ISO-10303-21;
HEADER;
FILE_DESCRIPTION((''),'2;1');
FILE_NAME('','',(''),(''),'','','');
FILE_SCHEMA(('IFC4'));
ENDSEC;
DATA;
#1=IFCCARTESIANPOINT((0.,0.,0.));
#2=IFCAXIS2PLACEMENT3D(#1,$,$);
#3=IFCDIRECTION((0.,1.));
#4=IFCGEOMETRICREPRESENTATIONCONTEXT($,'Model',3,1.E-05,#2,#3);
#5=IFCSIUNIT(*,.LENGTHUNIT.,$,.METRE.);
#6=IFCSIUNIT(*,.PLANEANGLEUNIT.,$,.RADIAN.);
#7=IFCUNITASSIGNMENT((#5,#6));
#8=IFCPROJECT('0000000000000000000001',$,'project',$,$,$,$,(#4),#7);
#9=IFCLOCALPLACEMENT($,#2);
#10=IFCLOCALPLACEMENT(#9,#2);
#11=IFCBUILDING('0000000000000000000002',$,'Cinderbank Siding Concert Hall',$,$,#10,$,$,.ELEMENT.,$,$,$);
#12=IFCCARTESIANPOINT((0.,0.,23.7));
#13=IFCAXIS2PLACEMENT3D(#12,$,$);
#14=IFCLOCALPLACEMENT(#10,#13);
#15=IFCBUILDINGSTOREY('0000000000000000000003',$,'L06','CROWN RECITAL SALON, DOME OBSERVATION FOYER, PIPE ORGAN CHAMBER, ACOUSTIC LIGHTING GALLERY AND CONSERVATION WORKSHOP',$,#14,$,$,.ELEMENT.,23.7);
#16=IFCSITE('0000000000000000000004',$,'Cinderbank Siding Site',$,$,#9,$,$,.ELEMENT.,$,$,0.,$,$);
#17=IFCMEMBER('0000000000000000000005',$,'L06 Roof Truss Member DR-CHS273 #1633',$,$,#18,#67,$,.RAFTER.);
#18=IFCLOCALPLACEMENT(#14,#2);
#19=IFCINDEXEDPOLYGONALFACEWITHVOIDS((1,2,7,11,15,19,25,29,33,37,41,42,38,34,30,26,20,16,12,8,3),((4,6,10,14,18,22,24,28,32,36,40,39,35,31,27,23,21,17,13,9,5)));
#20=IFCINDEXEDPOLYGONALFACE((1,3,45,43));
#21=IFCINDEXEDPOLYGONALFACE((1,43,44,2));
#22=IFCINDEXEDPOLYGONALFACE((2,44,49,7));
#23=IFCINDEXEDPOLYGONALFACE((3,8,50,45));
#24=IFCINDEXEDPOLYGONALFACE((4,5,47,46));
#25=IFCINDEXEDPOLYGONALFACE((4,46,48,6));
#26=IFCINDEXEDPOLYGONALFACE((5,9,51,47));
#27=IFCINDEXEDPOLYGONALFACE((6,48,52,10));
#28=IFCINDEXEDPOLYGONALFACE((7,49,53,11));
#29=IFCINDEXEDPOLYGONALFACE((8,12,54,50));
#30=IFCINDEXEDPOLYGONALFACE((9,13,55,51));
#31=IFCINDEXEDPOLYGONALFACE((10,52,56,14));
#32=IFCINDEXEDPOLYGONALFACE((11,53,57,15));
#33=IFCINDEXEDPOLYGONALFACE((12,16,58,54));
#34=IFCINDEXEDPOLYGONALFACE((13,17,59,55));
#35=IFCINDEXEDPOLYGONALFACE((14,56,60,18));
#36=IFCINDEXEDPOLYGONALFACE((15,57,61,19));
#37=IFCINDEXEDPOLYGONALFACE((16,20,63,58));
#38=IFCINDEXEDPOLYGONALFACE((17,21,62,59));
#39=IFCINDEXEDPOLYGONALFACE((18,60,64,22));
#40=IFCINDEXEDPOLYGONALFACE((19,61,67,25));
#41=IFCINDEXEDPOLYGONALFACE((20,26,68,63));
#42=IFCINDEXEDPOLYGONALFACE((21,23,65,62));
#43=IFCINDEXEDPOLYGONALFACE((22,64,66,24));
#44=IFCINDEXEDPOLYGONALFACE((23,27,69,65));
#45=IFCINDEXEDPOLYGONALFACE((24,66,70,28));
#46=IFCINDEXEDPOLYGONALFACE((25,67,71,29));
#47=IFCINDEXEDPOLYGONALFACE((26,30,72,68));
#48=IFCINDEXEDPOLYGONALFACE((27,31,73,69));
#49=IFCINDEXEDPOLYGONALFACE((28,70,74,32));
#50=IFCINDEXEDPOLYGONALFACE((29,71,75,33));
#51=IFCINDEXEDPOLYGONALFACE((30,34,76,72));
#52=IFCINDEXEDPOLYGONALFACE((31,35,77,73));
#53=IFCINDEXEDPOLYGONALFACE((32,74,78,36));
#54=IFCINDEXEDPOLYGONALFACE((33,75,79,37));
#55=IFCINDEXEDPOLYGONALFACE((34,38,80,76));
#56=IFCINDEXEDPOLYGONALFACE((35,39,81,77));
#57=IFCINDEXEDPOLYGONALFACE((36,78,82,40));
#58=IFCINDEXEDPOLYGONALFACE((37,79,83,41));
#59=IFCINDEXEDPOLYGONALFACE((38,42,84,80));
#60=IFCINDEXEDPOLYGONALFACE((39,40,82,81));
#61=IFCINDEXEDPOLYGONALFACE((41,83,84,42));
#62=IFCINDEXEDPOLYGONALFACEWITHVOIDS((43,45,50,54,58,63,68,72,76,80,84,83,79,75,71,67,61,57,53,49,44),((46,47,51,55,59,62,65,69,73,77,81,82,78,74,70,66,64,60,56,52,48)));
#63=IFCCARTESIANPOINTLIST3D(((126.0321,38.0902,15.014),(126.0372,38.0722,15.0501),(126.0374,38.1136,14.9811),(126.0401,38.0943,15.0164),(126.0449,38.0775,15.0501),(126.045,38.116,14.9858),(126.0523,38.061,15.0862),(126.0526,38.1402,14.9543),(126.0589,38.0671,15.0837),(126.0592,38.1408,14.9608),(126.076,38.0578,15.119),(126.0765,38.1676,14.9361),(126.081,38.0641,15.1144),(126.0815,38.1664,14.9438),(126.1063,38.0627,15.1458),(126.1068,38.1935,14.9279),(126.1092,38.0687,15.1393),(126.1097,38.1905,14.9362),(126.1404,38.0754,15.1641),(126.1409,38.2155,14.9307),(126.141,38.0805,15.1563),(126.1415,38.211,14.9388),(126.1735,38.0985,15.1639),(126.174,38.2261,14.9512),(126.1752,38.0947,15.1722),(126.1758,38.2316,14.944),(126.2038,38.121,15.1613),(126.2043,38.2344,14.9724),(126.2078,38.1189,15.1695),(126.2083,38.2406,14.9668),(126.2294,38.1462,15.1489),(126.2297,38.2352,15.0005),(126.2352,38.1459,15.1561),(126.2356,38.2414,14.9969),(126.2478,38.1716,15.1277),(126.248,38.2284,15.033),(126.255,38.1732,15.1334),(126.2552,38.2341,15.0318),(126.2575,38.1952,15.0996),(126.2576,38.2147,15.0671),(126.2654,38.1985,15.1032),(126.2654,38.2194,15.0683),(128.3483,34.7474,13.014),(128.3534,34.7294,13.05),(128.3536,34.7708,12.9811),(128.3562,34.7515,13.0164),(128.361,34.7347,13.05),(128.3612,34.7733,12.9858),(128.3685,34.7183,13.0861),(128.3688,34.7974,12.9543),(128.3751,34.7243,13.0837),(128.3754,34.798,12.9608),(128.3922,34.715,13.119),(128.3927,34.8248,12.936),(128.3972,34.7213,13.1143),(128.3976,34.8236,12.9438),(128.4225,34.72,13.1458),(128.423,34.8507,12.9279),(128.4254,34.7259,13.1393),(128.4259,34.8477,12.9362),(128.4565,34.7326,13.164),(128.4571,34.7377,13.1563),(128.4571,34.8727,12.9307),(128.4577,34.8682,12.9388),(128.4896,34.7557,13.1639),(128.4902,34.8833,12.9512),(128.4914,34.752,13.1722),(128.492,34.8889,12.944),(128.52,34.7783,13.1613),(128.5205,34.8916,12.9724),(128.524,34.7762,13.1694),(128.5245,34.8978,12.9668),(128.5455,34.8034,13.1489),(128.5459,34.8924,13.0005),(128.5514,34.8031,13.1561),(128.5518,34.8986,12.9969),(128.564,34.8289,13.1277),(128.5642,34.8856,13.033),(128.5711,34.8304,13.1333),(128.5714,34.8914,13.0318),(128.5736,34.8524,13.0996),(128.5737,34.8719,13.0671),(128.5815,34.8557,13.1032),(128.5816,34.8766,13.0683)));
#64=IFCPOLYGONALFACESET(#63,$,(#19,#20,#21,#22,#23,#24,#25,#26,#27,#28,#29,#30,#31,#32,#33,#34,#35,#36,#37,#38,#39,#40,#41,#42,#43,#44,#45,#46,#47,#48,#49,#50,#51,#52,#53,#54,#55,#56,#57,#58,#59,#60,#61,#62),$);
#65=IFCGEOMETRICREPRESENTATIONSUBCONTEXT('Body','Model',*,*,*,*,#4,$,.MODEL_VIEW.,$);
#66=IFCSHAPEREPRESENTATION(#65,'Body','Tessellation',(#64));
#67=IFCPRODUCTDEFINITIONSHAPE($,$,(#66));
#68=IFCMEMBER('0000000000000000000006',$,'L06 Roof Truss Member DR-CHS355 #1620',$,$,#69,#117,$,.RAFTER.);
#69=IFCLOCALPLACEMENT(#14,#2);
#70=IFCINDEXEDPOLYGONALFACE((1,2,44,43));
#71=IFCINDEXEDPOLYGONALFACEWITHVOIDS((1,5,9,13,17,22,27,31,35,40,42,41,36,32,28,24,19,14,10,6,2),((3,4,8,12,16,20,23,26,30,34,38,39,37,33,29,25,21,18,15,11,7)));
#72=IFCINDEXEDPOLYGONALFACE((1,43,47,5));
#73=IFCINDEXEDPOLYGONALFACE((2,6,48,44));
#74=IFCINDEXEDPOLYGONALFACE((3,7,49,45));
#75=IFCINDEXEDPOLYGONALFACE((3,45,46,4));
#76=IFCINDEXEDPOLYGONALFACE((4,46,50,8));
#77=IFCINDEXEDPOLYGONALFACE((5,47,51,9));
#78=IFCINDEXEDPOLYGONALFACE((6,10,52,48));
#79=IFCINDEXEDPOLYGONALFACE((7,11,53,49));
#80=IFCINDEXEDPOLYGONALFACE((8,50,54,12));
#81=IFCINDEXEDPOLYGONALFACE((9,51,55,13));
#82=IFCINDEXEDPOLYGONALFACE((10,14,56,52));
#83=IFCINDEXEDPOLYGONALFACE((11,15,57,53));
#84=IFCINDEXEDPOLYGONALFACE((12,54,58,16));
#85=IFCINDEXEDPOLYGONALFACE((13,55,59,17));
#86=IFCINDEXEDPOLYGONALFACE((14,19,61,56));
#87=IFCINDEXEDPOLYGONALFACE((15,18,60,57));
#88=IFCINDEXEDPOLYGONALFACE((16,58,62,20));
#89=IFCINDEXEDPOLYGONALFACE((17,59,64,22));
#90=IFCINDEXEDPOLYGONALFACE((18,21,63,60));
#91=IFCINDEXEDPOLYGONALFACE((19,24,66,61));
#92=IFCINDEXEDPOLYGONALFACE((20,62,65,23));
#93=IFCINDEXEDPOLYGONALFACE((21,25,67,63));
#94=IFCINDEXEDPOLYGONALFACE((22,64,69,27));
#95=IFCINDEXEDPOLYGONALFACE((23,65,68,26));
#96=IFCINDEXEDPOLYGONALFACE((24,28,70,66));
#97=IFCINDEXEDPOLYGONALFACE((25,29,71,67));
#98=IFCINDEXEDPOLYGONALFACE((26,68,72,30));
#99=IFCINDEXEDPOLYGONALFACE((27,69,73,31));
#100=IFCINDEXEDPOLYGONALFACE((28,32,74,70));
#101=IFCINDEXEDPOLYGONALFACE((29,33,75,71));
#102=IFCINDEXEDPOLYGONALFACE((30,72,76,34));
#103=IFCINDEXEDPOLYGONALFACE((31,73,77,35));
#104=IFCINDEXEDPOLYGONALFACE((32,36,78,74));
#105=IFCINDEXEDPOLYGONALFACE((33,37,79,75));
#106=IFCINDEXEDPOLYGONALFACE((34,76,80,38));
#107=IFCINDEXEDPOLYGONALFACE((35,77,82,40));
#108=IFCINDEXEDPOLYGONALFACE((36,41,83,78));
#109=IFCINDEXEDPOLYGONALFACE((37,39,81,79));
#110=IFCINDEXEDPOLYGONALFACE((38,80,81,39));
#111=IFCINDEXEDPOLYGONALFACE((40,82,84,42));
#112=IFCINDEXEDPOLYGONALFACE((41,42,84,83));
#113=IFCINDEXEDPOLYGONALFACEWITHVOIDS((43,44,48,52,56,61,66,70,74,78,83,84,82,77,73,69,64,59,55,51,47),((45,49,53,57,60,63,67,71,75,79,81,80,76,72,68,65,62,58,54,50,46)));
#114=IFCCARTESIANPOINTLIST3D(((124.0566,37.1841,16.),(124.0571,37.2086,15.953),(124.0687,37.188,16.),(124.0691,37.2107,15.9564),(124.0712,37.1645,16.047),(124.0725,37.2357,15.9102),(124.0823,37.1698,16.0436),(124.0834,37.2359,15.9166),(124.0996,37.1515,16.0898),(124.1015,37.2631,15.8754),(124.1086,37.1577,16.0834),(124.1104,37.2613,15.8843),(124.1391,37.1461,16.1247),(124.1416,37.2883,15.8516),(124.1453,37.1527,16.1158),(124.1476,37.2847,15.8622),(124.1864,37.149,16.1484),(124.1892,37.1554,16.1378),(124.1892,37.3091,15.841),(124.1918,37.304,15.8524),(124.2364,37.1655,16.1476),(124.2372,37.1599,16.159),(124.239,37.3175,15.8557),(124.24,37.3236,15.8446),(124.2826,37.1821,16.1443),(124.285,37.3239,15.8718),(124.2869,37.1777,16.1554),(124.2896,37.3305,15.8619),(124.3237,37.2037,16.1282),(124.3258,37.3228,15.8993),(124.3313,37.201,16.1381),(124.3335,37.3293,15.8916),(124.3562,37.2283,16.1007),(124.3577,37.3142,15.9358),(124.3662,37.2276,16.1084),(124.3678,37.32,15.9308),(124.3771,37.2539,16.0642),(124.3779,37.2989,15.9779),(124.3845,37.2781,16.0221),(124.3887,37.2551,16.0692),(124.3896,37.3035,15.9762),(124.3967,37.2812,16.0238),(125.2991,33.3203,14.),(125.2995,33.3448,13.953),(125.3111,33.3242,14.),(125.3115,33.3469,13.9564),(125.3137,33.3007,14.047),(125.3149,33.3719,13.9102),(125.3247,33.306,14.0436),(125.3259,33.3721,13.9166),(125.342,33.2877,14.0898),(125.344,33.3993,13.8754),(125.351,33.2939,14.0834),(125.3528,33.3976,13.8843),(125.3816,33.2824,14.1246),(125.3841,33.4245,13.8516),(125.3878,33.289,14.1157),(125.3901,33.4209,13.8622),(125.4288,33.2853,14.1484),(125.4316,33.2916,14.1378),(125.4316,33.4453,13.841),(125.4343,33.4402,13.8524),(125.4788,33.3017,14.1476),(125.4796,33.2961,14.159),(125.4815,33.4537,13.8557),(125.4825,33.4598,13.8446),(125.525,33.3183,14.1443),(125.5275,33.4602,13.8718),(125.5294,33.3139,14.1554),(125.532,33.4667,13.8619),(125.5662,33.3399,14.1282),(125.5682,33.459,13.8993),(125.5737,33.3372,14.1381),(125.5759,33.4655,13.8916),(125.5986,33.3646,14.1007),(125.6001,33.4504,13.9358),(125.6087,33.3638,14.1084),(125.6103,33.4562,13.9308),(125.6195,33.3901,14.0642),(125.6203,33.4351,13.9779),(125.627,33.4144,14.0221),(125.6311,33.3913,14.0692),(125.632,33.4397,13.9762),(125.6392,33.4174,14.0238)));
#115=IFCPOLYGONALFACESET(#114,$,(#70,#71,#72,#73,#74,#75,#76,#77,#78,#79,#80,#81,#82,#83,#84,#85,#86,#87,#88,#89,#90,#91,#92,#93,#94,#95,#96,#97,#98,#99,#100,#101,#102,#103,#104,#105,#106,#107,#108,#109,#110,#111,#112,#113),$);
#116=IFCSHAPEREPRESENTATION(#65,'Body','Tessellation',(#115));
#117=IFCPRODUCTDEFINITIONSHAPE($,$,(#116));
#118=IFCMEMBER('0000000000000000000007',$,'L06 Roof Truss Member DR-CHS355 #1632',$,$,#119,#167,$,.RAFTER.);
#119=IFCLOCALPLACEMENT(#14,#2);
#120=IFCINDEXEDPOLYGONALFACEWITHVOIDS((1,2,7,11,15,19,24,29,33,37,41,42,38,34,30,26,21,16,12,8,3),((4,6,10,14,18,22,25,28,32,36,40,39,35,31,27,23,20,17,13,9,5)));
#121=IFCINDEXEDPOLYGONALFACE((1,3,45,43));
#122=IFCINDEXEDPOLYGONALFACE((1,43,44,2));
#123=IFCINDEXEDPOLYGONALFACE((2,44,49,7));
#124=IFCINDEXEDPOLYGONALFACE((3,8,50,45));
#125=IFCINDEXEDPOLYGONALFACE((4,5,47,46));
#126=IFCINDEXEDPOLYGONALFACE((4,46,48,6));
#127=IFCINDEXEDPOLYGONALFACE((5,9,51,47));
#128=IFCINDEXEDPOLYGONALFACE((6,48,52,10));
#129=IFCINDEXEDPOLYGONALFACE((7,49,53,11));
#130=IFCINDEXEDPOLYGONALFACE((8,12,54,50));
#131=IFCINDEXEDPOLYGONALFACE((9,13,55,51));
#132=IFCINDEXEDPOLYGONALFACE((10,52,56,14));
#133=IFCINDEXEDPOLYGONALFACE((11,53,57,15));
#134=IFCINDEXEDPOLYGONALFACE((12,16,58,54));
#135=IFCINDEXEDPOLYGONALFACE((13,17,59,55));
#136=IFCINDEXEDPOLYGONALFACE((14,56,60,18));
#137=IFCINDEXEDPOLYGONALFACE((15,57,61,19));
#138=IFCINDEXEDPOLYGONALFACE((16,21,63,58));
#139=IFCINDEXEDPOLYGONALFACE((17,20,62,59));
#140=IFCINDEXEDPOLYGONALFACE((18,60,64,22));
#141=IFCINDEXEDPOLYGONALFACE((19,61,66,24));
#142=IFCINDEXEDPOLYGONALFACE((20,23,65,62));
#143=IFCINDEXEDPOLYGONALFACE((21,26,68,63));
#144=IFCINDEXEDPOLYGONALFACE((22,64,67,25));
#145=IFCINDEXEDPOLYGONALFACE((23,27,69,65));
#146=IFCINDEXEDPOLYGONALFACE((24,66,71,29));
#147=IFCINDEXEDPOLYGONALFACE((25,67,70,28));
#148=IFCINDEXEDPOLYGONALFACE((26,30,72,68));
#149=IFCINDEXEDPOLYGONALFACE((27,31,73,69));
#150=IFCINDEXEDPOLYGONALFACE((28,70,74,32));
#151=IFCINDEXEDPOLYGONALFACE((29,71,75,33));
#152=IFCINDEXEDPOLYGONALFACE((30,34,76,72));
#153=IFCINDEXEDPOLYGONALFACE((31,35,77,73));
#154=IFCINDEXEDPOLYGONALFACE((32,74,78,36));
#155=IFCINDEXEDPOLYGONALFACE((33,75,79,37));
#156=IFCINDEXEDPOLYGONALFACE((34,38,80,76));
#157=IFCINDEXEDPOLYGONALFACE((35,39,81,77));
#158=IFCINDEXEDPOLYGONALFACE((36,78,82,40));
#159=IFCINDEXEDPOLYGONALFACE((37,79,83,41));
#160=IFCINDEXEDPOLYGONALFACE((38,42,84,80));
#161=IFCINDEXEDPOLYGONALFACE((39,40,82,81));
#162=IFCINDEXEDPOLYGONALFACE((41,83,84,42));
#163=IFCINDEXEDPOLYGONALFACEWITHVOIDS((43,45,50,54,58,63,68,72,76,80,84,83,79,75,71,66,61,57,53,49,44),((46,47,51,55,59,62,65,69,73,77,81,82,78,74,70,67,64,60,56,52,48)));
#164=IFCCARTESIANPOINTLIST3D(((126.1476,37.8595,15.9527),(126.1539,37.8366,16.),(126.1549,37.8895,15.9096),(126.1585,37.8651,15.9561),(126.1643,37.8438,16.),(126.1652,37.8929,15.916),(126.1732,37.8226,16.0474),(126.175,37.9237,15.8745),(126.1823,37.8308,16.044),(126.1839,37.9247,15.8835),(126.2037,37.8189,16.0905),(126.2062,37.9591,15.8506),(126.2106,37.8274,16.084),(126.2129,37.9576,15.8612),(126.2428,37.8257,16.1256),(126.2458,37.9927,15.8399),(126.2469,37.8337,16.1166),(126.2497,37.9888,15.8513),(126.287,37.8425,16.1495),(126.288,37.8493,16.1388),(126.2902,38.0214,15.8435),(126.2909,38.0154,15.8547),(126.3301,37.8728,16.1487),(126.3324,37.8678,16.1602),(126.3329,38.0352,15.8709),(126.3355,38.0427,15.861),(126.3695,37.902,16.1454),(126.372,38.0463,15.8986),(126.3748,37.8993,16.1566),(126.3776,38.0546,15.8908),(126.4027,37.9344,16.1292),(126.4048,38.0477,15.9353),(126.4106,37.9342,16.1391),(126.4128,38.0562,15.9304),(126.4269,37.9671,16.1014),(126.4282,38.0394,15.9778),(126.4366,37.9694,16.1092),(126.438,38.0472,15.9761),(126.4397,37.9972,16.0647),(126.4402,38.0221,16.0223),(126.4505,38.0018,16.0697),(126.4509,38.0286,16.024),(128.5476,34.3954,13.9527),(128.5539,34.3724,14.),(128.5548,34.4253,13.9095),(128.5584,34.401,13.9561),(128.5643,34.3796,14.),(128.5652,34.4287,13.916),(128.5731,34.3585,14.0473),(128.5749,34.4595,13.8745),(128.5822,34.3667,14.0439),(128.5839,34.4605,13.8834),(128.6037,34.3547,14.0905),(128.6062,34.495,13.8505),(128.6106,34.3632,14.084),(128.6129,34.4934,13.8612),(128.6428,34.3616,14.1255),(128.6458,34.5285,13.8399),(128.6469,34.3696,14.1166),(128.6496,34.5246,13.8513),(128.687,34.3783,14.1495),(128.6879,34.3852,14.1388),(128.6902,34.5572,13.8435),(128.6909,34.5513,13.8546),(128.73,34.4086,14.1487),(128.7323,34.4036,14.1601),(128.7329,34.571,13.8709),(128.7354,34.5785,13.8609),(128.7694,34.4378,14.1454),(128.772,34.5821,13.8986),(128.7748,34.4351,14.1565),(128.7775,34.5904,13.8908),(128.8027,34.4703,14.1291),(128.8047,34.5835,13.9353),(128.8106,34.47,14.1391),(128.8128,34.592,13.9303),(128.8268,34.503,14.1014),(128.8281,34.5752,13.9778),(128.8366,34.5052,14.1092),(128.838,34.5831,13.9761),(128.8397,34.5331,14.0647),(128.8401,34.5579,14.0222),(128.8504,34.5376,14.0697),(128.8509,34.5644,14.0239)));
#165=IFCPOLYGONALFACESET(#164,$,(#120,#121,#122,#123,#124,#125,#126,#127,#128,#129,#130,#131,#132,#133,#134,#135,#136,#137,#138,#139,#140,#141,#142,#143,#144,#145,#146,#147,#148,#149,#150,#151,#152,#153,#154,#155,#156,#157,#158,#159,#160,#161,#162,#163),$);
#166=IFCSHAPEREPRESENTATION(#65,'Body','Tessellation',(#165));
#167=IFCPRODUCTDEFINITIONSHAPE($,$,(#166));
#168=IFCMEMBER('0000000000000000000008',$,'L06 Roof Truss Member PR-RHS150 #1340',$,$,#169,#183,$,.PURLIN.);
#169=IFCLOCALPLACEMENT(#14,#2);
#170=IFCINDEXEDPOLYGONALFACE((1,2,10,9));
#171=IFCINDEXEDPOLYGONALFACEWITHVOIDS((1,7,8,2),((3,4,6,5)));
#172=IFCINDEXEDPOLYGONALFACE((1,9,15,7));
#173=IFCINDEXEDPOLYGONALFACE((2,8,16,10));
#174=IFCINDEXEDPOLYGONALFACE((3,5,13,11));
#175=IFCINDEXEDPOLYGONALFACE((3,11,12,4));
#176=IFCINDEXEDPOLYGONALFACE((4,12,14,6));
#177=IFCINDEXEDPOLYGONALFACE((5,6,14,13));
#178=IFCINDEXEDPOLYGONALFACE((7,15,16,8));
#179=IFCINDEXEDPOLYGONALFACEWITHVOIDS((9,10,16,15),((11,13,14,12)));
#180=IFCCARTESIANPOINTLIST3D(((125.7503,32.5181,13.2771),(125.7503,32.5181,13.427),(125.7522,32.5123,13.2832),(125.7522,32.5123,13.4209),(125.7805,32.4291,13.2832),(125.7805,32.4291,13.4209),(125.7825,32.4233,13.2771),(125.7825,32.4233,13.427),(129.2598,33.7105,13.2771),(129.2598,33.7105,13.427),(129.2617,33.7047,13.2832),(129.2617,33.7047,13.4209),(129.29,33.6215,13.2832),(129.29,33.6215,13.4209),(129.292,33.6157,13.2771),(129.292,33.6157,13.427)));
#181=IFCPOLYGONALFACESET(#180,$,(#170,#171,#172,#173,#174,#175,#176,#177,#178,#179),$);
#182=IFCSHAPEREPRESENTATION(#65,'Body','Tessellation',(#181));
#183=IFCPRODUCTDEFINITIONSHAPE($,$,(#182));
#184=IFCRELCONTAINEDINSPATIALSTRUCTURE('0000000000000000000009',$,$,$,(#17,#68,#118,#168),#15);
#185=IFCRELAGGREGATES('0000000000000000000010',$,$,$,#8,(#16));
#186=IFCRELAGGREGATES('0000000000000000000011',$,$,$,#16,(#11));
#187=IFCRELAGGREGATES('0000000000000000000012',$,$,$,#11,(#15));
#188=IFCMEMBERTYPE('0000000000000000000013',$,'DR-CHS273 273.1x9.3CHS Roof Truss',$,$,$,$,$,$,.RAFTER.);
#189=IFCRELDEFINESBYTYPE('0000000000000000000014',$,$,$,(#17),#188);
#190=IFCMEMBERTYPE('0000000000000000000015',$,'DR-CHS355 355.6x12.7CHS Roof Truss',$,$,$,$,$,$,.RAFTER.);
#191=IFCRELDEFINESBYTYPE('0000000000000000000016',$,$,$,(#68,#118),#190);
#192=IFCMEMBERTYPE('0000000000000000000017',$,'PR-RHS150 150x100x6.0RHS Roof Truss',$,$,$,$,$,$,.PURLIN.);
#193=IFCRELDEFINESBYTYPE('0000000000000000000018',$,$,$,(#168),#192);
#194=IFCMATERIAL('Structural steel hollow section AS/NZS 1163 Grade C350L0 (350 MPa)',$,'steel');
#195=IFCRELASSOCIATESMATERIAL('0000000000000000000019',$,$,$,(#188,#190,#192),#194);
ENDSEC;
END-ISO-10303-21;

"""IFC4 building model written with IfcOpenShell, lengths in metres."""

from ifc_helpers import new_model, si_unit, direction, frame, origin, origin_2d, place, context, subcontext, project, spatial, hollow_rectangle, hollow_circle, extrude, material, material_profile, profile_set, type_object, element, save


model = new_model("IFC4")

# Units and contexts
model_context = context("Model", 3, precision=1e-05, world=origin(), true_north=direction((0.0, 1.0)))
body_context = subcontext(model_context, "Body", "Model", "MODEL_VIEW")
ifc_project = project(units=[si_unit("LENGTHUNIT", "METRE"), si_unit("PLANEANGLEUNIT", "RADIAN")], contexts=[model_context])

# Site, building, storey
site_placement = place(None, origin())
site = spatial("IfcSite", under=ifc_project, at=site_placement, Name="Cinderbank Siding Site", CompositionType="ELEMENT", RefElevation=0.0)
building_placement = place(site_placement, origin())
building = spatial("IfcBuilding", under=site, at=building_placement, Name="Cinderbank Siding Concert Hall", CompositionType="ELEMENT")
storey_placement = place(building_placement, frame((0.0, 0.0, 23.7)))
storey = spatial("IfcBuildingStorey", under=building, at=storey_placement, Name="L06", Description="CROWN RECITAL SALON, DOME OBSERVATION FOYER, PIPE ORGAN CHAMBER, ACOUSTIC LIGHTING GALLERY AND CONSERVATION WORKSHOP", CompositionType="ELEMENT", Elevation=23.7)

# Members
ifc_material_1 = material(Name="Structural steel hollow section AS/NZS 1163 Grade C350L0 (350 MPa)", Category="steel")
ifc_material_profile_1 = material_profile(ifc_material_1, hollow_circle(Radius=0.1365, WallThickness=0.0093, at=origin_2d()), Name="273.1x9.3CHS", Category="LoadBearing")
ifc_profile_set_1 = profile_set([ifc_material_profile_1], Name="Structural steel hollow section AS/NZS 1163 Grade C350L0 (350 MPa)")
member_type_1 = type_object("IfcMemberType", Name="DR-CHS273 273.1x9.3CHS Roof Truss", PredefinedType="RAFTER", material=ifc_profile_set_1)
member_1_placement = place(storey_placement, frame((128.4656, 34.8071, 13.05), z_axis=(-0.511072, 0.737599, 0.441309), x_axis=(-0.82197, -0.569531, 0.0)))
element("IfcMember", 1, at=member_1_placement, inside=storey, type_object=member_type_1, Name="L06 Roof Truss Member DR-CHS273 #1633", PredefinedType="RAFTER", context=body_context, shape_type="SweptSolid", body=[
    extrude(hollow_circle(Radius=0.1365, WallThickness=0.0093, at=origin_2d()), origin(), (0.0, 0.0, 1.0), 4.532),
])
ifc_material_profile_2 = material_profile(ifc_material_1, hollow_circle(Radius=0.1777, WallThickness=0.0127, at=origin_2d()), Name="355.6x12.7CHS", Category="LoadBearing")
ifc_profile_set_2 = profile_set([ifc_material_profile_2], Name="Structural steel hollow section AS/NZS 1163 Grade C350L0 (350 MPa)")
member_type_2 = type_object("IfcMemberType", Name="DR-CHS355 355.6x12.7CHS Roof Truss", PredefinedType="RAFTER", material=ifc_profile_set_2)
member_2_placement = place(storey_placement, frame((125.4683, 33.3748, 14.0), z_axis=(-0.274592, 0.85394, 0.442024), x_axis=(-0.951992, -0.306122, 0.0)))
element("IfcMember", 2, at=member_2_placement, inside=storey, type_object=member_type_2, Name="L06 Roof Truss Member DR-CHS355 #1620", PredefinedType="RAFTER", context=body_context, shape_type="SweptSolid", body=[
    extrude(hollow_circle(Radius=0.1777, WallThickness=0.0127, at=origin_2d()), origin(), (0.0, 0.0, 1.0), 4.5247),
])
member_3_placement = place(storey_placement, frame((128.7, 34.4736, 14.0), z_axis=(-0.51448, 0.74262, 0.42875), x_axis=(-0.822007, -0.569478, 0.0)))
element("IfcMember", 3, at=member_3_placement, inside=storey, type_object=member_type_2, Name="L06 Roof Truss Member DR-CHS355 #1632", PredefinedType="RAFTER", context=body_context, shape_type="SweptSolid", body=[
    extrude(hollow_circle(Radius=0.1777, WallThickness=0.0127, at=origin_2d()), origin(), (0.0, 0.0, 1.0), 4.6648),
])
ifc_material_profile_3 = material_profile(ifc_material_1, hollow_rectangle(XDim=0.1001, YDim=0.1499, WallThickness=0.0061, at=origin_2d()), Name="150x100x6.0RHS", Category="LoadBearing")
ifc_profile_set_3 = profile_set([ifc_material_profile_3], Name="Structural steel hollow section AS/NZS 1163 Grade C350L0 (350 MPa)")
member_type_3 = type_object("IfcMemberType", Name="PR-RHS150 150x100x6.0RHS Roof Truss", PredefinedType="PURLIN", material=ifc_profile_set_3)
member_4_placement = place(storey_placement, frame((125.7664, 32.4707, 13.3521), z_axis=(0.946843, 0.321696, 0.0), x_axis=(-0.321696, 0.946843, 0.0)))
element("IfcMember", 4, at=member_4_placement, inside=storey, type_object=member_type_3, Name="L06 Roof Truss Member PR-RHS150 #1340", PredefinedType="PURLIN", context=body_context, shape_type="SweptSolid", body=[
    extrude(hollow_rectangle(XDim=0.1001, YDim=0.1499, WallThickness=0.0061, at=origin_2d()), origin(), (0.0, 0.0, 1.0), 3.7065),
])

save(model, "model.ifc")
